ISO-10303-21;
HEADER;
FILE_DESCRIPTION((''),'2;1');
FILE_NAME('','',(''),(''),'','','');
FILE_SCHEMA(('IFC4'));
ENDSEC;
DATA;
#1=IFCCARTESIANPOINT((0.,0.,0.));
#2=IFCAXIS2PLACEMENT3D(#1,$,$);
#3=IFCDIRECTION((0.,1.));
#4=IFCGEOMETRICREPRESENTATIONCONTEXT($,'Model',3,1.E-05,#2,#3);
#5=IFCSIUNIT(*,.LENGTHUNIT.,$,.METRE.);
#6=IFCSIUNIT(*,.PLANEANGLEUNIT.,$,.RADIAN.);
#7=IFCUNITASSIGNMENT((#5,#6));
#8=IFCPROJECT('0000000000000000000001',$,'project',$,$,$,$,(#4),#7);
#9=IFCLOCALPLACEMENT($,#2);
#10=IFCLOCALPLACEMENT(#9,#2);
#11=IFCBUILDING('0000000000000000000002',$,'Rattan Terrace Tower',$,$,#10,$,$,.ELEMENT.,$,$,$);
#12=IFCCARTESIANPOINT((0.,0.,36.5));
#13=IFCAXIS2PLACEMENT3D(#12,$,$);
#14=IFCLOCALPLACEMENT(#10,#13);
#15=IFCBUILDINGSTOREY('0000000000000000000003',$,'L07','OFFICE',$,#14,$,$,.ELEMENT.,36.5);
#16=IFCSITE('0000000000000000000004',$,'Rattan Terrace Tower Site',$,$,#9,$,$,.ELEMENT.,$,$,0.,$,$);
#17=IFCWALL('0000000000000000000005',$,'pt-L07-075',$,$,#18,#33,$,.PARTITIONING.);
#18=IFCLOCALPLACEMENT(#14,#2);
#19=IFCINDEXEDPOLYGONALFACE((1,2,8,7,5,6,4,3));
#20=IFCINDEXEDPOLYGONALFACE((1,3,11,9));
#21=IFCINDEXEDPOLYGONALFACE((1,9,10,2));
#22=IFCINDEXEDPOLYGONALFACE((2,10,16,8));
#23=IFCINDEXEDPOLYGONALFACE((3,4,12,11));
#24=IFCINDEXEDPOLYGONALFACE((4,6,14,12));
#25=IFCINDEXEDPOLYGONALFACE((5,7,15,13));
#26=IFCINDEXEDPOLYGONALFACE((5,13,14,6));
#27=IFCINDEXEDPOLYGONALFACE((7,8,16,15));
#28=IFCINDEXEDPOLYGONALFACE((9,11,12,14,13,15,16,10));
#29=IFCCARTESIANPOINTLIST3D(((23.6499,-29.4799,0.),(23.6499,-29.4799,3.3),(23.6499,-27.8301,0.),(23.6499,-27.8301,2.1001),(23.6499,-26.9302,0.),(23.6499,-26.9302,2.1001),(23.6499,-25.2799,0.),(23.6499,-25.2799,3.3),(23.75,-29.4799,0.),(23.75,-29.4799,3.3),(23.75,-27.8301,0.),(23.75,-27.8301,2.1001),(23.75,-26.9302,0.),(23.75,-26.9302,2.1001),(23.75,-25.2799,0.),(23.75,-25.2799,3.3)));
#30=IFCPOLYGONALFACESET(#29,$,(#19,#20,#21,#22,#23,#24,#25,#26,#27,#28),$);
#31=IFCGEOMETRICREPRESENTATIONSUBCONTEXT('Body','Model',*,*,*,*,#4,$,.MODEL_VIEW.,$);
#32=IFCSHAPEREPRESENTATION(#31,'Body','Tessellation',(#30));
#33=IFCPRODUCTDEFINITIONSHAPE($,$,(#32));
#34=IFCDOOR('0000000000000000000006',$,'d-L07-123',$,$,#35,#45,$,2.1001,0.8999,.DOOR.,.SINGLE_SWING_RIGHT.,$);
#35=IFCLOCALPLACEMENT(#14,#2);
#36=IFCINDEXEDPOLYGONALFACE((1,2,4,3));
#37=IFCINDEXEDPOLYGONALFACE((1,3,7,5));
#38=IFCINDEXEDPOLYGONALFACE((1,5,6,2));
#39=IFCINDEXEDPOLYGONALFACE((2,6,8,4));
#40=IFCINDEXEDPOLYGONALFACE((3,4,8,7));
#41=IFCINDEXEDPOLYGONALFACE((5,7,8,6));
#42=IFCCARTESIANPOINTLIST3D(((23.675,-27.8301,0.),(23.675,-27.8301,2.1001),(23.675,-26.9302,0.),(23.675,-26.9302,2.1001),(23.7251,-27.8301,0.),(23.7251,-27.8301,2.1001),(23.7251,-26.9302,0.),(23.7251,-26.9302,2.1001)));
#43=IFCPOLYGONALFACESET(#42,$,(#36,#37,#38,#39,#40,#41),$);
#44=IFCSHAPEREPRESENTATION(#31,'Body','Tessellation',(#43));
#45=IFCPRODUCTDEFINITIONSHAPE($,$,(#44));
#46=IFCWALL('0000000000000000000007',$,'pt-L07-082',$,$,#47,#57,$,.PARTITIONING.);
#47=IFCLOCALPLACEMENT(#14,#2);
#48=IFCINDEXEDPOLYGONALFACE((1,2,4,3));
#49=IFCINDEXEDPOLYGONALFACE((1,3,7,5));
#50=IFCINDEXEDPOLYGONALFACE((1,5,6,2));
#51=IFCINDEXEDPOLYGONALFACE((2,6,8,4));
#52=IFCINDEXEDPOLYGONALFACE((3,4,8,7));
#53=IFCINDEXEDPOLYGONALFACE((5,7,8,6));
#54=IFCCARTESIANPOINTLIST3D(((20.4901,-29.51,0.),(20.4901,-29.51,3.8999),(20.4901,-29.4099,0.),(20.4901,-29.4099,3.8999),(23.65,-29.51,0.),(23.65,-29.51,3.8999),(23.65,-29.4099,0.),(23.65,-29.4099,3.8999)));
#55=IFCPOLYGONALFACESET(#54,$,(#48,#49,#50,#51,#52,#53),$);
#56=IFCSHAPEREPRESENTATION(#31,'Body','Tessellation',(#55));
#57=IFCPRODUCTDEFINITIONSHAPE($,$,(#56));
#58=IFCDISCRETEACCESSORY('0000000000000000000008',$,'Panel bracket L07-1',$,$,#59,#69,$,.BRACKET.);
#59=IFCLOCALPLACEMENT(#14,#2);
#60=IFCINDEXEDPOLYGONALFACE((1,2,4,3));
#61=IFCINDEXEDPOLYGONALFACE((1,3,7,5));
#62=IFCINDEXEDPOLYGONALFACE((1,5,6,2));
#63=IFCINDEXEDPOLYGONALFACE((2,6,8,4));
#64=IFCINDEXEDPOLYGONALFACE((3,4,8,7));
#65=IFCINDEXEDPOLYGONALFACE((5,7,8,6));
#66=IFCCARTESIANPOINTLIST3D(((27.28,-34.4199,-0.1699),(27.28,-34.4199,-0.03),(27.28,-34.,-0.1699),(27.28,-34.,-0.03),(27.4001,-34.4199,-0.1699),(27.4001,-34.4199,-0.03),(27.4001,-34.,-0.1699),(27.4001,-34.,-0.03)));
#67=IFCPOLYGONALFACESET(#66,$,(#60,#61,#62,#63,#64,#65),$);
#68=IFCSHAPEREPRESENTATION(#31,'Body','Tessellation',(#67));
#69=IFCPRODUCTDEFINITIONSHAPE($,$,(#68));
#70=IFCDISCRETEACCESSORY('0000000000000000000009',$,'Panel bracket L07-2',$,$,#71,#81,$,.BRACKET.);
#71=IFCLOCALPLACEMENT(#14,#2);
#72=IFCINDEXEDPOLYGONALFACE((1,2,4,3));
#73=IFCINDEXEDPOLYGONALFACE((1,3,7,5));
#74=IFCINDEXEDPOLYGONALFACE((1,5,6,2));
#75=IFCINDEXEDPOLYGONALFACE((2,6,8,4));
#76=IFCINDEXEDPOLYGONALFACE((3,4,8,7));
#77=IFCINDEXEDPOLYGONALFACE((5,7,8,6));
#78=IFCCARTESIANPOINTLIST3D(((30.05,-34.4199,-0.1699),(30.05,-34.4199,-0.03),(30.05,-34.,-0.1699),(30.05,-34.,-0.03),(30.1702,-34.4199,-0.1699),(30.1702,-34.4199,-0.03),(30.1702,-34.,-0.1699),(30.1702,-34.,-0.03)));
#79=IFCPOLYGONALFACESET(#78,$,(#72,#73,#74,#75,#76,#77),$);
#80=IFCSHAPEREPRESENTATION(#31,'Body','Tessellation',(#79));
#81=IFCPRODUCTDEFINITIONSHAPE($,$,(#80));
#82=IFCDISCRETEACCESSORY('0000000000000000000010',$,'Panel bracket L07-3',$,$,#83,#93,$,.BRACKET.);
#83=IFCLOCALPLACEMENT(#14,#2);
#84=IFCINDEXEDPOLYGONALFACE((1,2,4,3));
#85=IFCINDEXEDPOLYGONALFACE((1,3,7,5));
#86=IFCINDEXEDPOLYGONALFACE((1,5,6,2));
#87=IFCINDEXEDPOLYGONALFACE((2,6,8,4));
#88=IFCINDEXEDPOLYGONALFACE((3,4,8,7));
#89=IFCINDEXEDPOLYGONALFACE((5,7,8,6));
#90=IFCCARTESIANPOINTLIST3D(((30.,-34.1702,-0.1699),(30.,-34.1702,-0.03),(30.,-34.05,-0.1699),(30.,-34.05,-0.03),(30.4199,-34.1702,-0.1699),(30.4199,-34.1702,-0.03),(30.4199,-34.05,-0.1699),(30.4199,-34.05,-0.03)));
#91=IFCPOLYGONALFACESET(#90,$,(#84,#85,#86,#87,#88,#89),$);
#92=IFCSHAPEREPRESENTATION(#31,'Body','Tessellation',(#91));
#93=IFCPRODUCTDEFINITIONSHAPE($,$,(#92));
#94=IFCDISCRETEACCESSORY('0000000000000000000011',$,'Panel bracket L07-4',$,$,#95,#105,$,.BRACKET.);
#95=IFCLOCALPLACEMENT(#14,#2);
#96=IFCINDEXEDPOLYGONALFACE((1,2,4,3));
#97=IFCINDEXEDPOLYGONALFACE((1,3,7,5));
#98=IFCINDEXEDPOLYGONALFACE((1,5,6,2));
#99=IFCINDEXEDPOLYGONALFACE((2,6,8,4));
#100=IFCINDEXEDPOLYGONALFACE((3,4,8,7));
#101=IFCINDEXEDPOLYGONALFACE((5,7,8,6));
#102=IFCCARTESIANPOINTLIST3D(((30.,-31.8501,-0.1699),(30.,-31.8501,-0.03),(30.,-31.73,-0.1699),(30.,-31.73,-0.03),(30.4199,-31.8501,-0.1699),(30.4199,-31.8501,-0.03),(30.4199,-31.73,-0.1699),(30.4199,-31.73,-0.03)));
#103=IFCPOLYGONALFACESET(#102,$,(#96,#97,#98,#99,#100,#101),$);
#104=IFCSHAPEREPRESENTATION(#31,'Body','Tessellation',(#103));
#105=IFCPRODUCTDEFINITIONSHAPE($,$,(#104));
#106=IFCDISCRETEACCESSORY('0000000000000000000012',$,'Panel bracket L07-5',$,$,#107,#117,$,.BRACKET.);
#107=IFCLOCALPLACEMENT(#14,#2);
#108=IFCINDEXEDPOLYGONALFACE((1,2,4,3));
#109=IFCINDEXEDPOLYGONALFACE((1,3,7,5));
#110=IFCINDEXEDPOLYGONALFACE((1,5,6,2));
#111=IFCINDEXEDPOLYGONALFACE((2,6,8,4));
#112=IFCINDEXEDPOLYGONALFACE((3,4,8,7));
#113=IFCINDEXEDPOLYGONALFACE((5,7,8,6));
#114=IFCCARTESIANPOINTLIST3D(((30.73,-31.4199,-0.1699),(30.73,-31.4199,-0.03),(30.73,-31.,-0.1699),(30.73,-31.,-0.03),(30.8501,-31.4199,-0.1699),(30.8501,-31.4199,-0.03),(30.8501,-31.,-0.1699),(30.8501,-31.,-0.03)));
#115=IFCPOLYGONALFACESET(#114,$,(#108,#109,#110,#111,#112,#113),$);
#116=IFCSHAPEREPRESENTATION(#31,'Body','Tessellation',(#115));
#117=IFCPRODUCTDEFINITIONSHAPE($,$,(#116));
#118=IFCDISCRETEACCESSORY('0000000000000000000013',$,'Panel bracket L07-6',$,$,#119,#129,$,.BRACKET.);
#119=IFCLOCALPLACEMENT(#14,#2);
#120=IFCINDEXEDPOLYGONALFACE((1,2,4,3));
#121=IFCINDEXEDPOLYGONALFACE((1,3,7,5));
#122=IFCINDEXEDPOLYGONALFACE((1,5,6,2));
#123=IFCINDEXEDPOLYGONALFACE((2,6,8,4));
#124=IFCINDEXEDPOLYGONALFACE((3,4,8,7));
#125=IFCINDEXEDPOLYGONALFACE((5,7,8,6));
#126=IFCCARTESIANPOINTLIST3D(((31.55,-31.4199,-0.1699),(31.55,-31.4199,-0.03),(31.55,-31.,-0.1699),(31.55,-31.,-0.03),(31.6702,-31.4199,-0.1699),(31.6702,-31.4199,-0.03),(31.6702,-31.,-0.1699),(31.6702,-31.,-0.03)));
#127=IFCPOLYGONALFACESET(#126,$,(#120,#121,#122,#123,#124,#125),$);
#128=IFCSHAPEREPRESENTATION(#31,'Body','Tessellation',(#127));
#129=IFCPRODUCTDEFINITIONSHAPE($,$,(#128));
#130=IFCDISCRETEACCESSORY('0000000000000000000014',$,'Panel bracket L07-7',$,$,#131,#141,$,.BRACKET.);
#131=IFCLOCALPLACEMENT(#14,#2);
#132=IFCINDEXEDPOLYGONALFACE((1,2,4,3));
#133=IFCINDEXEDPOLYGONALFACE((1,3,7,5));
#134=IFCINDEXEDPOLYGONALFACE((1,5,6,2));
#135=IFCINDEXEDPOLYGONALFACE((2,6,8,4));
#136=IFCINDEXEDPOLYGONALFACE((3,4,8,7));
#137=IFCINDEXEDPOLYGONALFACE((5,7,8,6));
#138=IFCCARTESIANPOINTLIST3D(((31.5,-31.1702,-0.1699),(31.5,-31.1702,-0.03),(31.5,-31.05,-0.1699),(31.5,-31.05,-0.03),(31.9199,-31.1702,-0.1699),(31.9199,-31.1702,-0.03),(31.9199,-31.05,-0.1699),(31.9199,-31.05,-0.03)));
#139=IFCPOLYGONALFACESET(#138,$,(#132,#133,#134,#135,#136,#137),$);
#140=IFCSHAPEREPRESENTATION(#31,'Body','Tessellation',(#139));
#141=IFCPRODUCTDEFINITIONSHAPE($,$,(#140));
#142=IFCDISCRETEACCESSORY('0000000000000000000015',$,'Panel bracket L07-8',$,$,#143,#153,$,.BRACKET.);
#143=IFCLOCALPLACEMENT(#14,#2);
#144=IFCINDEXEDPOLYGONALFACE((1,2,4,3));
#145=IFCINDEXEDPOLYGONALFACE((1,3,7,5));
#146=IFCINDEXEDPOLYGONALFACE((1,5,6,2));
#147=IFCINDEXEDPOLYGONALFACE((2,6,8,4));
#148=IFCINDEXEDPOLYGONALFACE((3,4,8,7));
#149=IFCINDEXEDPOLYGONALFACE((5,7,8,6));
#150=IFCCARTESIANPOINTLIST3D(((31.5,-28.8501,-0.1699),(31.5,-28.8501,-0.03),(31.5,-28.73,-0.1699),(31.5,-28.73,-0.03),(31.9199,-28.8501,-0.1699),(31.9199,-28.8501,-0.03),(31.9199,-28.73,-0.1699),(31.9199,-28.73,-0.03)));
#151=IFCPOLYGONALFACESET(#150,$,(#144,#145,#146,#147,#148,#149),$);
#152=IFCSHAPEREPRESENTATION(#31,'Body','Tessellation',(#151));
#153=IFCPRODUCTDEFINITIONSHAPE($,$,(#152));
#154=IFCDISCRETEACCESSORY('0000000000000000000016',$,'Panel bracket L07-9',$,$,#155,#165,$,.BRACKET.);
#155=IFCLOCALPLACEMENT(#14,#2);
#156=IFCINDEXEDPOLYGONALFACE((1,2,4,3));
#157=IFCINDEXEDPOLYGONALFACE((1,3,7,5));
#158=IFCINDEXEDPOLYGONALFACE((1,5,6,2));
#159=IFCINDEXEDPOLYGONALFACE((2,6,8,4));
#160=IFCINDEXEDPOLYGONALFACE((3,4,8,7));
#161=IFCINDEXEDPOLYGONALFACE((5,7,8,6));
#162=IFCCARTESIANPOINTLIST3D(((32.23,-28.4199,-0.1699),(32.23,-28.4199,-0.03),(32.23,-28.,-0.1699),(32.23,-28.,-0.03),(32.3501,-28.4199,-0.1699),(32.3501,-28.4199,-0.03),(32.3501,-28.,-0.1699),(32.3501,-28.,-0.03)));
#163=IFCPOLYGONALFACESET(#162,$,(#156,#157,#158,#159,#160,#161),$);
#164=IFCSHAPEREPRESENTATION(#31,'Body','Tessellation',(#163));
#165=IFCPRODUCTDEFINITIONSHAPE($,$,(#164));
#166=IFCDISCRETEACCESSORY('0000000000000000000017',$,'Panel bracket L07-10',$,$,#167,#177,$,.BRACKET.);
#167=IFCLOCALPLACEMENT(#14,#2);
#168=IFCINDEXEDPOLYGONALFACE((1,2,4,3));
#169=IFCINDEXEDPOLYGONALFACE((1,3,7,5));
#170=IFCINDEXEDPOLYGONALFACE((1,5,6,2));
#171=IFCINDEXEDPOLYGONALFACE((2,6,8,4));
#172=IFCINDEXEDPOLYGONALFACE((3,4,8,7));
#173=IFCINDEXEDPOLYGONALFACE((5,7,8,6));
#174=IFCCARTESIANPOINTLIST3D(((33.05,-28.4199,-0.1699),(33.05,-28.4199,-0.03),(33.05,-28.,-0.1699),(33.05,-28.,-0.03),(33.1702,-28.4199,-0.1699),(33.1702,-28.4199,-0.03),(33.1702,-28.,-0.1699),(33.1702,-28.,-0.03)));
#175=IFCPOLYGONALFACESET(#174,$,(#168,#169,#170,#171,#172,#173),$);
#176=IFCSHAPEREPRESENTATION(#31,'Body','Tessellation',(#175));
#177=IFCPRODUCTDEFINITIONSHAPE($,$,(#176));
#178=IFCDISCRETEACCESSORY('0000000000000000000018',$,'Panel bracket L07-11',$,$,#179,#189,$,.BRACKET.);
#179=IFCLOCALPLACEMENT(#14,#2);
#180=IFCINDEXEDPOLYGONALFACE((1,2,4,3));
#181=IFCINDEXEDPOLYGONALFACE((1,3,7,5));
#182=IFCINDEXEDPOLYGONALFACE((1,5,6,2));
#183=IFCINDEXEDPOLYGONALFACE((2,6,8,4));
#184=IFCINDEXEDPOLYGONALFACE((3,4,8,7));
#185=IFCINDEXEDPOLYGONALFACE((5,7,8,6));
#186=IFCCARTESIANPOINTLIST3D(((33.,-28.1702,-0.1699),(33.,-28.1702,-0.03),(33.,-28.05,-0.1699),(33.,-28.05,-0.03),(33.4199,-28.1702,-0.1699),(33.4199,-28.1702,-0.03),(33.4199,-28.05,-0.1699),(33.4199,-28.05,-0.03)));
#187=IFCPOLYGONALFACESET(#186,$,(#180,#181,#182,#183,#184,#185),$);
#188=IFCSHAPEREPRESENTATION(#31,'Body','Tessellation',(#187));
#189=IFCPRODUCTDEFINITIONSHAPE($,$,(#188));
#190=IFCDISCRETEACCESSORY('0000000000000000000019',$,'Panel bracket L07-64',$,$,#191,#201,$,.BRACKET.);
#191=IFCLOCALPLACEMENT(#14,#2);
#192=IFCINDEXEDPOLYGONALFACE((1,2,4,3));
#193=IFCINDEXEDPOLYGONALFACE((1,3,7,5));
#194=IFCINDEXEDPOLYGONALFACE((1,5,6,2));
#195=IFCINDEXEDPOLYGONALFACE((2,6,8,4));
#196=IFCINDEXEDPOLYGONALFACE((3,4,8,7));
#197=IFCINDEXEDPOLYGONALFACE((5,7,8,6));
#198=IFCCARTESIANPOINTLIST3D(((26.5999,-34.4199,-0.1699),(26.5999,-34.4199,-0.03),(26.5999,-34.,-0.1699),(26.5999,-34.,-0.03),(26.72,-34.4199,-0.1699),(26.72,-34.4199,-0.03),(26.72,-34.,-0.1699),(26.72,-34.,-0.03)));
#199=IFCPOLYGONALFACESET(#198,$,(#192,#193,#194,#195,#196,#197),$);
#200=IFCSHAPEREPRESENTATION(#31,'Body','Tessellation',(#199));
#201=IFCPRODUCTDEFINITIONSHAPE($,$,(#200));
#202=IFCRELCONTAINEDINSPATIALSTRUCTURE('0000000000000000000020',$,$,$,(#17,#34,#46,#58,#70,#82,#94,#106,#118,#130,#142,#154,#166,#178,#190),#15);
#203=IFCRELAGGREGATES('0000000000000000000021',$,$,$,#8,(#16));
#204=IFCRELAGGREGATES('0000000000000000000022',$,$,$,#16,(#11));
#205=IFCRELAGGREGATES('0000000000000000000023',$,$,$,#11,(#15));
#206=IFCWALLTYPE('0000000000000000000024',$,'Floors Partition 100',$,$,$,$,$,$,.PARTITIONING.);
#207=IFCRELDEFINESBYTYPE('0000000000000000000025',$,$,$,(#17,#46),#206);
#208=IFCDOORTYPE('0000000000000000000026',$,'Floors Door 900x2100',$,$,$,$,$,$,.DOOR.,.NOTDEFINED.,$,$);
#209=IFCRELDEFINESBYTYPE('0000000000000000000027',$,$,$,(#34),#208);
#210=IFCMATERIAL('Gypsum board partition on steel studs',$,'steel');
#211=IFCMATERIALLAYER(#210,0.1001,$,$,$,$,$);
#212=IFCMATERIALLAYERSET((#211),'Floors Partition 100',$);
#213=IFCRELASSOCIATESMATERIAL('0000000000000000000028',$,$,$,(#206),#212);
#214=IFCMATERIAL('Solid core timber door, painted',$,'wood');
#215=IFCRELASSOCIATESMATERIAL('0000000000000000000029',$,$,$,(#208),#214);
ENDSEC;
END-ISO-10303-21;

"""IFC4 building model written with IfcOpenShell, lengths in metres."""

from ifc_helpers import new_model, si_unit, direction, frame, frame_2d, origin, origin_2d, place, context, subcontext, project, spatial, rectangle, extrude, material, layer, layer_set, type_object, element, fill, save


model = new_model("IFC4")

# Units and contexts
model_context = context("Model", 3, precision=1e-05, world=origin(), true_north=direction((0.0, 1.0)))
body_context = subcontext(model_context, "Body", "Model", "MODEL_VIEW")
ifc_project = project(units=[si_unit("LENGTHUNIT", "METRE"), si_unit("PLANEANGLEUNIT", "RADIAN")], contexts=[model_context])

# Site, building, storey
site_placement = place(None, origin())
site = spatial("IfcSite", under=ifc_project, at=site_placement, Name="Rattan Terrace Tower Site", CompositionType="ELEMENT", RefElevation=0.0)
building_placement = place(site_placement, origin())
building = spatial("IfcBuilding", under=site, at=building_placement, Name="Rattan Terrace Tower", CompositionType="ELEMENT")
storey_placement = place(building_placement, frame((0.0, 0.0, 36.5)))
storey = spatial("IfcBuildingStorey", under=building, at=storey_placement, Name="L07", Description="OFFICE", CompositionType="ELEMENT", Elevation=36.5)

# Wall, opening, door
ifc_material_1 = material(Name="Gypsum board partition on steel studs", Category="steel")
ifc_layer_1 = layer(ifc_material_1, 0.1001)
ifc_layer_set_1 = layer_set([ifc_layer_1], Name="Floors Partition 100")
wall_type_1 = type_object("IfcWallType", Name="Floors Partition 100", PredefinedType="PARTITIONING", material=ifc_layer_set_1)
ifc_material_2 = material(Name="Solid core timber door, painted", Category="wood")
door_type = type_object("IfcDoorType", Name="Floors Door 900x2100", OperationType="NOTDEFINED", PredefinedType="DOOR", material=ifc_material_2)
wall_1_placement = place(storey_placement, frame((23.7, -29.48, 0.0), z_axis=(0.0, 0.0, 1.0), x_axis=(0.0, 1.0, 0.0)))
wall_1 = element("IfcWall", 1, at=wall_1_placement, inside=storey, type_object=wall_type_1, Name="pt-L07-075", PredefinedType="PARTITIONING", context=body_context, shape_type="SweptSolid", body=[
    extrude(rectangle(XDim=4.2, YDim=0.1001, at=frame_2d((2.1001, 0.0))), origin(), (0.0, 0.0, 1.0), 3.3),
])
opening_1_placement = place(wall_1_placement, frame((1.6499, 0.0, 0.0)))
opening_1 = element("IfcOpeningElement", 2, at=opening_1_placement, cuts=wall_1, PredefinedType="OPENING", context=body_context, shape_type="SweptSolid", body=[
    extrude(rectangle(XDim=0.8999, YDim=2.1001, at=frame_2d((0.45, 1.05))), frame((0.0, 0.0605, 0.0), z_axis=(0.0, -1.0, 0.0), x_axis=(1.0, 0.0, 0.0)), (0.0, 0.0, 1.0), 0.1211),
])
door_1_placement = place(opening_1_placement, origin())
door_1 = element("IfcDoor", 3, at=door_1_placement, inside=storey, type_object=door_type, Name="d-L07-123", OperationType="SINGLE_SWING_RIGHT", OverallHeight=2.1001, OverallWidth=0.8999, PredefinedType="DOOR", context=body_context, shape_type="SweptSolid", body=[
    extrude(rectangle(XDim=0.8999, YDim=2.1001, at=frame_2d((0.45, 1.05))), frame((0.0, 0.0249, 0.0), z_axis=(0.0, -1.0, 0.0), x_axis=(1.0, 0.0, 0.0)), (0.0, 0.0, 1.0), 0.05),
])
fill(opening_1, door_1)

# Wall
wall_2_placement = place(storey_placement, frame((20.49, -29.46, 0.0), z_axis=(0.0, 0.0, 1.0), x_axis=(1.0, 0.0, 0.0)))
element("IfcWall", 4, at=wall_2_placement, inside=storey, type_object=wall_type_1, Name="pt-L07-082", PredefinedType="PARTITIONING", context=body_context, shape_type="SweptSolid", body=[
    extrude(rectangle(XDim=3.1599, YDim=0.1001, at=frame_2d((1.5801, 0.0))), origin(), (0.0, 0.0, 1.0), 3.8999),
])

# Discrete accessories
for number, where, z_axis, x_axis, name in (
    (5, (27.3401, -34.21, -0.1699), (0.0, 0.0, 1.0), (1.0, 0.0, 0.0), "Panel bracket L07-1"),
    (6, (30.1101, -34.21, -0.1699), (0.0, 0.0, 1.0), (1.0, 0.0, 0.0), "Panel bracket L07-2"),
    (7, (30.21, -34.1101, -0.1699), (0.0, 0.0, 1.0), (0.0, 1.0, 0.0), "Panel bracket L07-3"),
    (8, (30.21, -31.79, -0.1699), (0.0, 0.0, 1.0), (0.0, 1.0, 0.0), "Panel bracket L07-4"),
    (9, (30.79, -31.21, -0.1699), (0.0, 0.0, 1.0), (1.0, 0.0, 0.0), "Panel bracket L07-5"),
    (10, (31.6101, -31.21, -0.1699), (0.0, 0.0, 1.0), (1.0, 0.0, 0.0), "Panel bracket L07-6"),
    (11, (31.71, -31.1101, -0.1699), (0.0, 0.0, 1.0), (0.0, 1.0, 0.0), "Panel bracket L07-7"),
    (12, (31.71, -28.79, -0.1699), (0.0, 0.0, 1.0), (0.0, 1.0, 0.0), "Panel bracket L07-8"),
    (13, (32.29, -28.21, -0.1699), (0.0, 0.0, 1.0), (1.0, 0.0, 0.0), "Panel bracket L07-9"),
    (14, (33.1101, -28.21, -0.1699), (0.0, 0.0, 1.0), (1.0, 0.0, 0.0), "Panel bracket L07-10"),
    (15, (33.21, -28.1101, -0.1699), (0.0, 0.0, 1.0), (0.0, 1.0, 0.0), "Panel bracket L07-11"),
    (16, (26.6599, -34.21, -0.1699), (0.0, 0.0, 1.0), (1.0, 0.0, 0.0), "Panel bracket L07-64"),
):
    element("IfcDiscreteAccessory", number, at=place(storey_placement, frame(where, z_axis=z_axis, x_axis=x_axis)), inside=storey, Name=name, PredefinedType="BRACKET", context=body_context, shape_type="SweptSolid", body=[
        extrude(rectangle(XDim=0.1201, YDim=0.4199, at=origin_2d()), origin(), (0.0, 0.0, 1.0), 0.1399),
    ])

save(model, "model.ifc")
